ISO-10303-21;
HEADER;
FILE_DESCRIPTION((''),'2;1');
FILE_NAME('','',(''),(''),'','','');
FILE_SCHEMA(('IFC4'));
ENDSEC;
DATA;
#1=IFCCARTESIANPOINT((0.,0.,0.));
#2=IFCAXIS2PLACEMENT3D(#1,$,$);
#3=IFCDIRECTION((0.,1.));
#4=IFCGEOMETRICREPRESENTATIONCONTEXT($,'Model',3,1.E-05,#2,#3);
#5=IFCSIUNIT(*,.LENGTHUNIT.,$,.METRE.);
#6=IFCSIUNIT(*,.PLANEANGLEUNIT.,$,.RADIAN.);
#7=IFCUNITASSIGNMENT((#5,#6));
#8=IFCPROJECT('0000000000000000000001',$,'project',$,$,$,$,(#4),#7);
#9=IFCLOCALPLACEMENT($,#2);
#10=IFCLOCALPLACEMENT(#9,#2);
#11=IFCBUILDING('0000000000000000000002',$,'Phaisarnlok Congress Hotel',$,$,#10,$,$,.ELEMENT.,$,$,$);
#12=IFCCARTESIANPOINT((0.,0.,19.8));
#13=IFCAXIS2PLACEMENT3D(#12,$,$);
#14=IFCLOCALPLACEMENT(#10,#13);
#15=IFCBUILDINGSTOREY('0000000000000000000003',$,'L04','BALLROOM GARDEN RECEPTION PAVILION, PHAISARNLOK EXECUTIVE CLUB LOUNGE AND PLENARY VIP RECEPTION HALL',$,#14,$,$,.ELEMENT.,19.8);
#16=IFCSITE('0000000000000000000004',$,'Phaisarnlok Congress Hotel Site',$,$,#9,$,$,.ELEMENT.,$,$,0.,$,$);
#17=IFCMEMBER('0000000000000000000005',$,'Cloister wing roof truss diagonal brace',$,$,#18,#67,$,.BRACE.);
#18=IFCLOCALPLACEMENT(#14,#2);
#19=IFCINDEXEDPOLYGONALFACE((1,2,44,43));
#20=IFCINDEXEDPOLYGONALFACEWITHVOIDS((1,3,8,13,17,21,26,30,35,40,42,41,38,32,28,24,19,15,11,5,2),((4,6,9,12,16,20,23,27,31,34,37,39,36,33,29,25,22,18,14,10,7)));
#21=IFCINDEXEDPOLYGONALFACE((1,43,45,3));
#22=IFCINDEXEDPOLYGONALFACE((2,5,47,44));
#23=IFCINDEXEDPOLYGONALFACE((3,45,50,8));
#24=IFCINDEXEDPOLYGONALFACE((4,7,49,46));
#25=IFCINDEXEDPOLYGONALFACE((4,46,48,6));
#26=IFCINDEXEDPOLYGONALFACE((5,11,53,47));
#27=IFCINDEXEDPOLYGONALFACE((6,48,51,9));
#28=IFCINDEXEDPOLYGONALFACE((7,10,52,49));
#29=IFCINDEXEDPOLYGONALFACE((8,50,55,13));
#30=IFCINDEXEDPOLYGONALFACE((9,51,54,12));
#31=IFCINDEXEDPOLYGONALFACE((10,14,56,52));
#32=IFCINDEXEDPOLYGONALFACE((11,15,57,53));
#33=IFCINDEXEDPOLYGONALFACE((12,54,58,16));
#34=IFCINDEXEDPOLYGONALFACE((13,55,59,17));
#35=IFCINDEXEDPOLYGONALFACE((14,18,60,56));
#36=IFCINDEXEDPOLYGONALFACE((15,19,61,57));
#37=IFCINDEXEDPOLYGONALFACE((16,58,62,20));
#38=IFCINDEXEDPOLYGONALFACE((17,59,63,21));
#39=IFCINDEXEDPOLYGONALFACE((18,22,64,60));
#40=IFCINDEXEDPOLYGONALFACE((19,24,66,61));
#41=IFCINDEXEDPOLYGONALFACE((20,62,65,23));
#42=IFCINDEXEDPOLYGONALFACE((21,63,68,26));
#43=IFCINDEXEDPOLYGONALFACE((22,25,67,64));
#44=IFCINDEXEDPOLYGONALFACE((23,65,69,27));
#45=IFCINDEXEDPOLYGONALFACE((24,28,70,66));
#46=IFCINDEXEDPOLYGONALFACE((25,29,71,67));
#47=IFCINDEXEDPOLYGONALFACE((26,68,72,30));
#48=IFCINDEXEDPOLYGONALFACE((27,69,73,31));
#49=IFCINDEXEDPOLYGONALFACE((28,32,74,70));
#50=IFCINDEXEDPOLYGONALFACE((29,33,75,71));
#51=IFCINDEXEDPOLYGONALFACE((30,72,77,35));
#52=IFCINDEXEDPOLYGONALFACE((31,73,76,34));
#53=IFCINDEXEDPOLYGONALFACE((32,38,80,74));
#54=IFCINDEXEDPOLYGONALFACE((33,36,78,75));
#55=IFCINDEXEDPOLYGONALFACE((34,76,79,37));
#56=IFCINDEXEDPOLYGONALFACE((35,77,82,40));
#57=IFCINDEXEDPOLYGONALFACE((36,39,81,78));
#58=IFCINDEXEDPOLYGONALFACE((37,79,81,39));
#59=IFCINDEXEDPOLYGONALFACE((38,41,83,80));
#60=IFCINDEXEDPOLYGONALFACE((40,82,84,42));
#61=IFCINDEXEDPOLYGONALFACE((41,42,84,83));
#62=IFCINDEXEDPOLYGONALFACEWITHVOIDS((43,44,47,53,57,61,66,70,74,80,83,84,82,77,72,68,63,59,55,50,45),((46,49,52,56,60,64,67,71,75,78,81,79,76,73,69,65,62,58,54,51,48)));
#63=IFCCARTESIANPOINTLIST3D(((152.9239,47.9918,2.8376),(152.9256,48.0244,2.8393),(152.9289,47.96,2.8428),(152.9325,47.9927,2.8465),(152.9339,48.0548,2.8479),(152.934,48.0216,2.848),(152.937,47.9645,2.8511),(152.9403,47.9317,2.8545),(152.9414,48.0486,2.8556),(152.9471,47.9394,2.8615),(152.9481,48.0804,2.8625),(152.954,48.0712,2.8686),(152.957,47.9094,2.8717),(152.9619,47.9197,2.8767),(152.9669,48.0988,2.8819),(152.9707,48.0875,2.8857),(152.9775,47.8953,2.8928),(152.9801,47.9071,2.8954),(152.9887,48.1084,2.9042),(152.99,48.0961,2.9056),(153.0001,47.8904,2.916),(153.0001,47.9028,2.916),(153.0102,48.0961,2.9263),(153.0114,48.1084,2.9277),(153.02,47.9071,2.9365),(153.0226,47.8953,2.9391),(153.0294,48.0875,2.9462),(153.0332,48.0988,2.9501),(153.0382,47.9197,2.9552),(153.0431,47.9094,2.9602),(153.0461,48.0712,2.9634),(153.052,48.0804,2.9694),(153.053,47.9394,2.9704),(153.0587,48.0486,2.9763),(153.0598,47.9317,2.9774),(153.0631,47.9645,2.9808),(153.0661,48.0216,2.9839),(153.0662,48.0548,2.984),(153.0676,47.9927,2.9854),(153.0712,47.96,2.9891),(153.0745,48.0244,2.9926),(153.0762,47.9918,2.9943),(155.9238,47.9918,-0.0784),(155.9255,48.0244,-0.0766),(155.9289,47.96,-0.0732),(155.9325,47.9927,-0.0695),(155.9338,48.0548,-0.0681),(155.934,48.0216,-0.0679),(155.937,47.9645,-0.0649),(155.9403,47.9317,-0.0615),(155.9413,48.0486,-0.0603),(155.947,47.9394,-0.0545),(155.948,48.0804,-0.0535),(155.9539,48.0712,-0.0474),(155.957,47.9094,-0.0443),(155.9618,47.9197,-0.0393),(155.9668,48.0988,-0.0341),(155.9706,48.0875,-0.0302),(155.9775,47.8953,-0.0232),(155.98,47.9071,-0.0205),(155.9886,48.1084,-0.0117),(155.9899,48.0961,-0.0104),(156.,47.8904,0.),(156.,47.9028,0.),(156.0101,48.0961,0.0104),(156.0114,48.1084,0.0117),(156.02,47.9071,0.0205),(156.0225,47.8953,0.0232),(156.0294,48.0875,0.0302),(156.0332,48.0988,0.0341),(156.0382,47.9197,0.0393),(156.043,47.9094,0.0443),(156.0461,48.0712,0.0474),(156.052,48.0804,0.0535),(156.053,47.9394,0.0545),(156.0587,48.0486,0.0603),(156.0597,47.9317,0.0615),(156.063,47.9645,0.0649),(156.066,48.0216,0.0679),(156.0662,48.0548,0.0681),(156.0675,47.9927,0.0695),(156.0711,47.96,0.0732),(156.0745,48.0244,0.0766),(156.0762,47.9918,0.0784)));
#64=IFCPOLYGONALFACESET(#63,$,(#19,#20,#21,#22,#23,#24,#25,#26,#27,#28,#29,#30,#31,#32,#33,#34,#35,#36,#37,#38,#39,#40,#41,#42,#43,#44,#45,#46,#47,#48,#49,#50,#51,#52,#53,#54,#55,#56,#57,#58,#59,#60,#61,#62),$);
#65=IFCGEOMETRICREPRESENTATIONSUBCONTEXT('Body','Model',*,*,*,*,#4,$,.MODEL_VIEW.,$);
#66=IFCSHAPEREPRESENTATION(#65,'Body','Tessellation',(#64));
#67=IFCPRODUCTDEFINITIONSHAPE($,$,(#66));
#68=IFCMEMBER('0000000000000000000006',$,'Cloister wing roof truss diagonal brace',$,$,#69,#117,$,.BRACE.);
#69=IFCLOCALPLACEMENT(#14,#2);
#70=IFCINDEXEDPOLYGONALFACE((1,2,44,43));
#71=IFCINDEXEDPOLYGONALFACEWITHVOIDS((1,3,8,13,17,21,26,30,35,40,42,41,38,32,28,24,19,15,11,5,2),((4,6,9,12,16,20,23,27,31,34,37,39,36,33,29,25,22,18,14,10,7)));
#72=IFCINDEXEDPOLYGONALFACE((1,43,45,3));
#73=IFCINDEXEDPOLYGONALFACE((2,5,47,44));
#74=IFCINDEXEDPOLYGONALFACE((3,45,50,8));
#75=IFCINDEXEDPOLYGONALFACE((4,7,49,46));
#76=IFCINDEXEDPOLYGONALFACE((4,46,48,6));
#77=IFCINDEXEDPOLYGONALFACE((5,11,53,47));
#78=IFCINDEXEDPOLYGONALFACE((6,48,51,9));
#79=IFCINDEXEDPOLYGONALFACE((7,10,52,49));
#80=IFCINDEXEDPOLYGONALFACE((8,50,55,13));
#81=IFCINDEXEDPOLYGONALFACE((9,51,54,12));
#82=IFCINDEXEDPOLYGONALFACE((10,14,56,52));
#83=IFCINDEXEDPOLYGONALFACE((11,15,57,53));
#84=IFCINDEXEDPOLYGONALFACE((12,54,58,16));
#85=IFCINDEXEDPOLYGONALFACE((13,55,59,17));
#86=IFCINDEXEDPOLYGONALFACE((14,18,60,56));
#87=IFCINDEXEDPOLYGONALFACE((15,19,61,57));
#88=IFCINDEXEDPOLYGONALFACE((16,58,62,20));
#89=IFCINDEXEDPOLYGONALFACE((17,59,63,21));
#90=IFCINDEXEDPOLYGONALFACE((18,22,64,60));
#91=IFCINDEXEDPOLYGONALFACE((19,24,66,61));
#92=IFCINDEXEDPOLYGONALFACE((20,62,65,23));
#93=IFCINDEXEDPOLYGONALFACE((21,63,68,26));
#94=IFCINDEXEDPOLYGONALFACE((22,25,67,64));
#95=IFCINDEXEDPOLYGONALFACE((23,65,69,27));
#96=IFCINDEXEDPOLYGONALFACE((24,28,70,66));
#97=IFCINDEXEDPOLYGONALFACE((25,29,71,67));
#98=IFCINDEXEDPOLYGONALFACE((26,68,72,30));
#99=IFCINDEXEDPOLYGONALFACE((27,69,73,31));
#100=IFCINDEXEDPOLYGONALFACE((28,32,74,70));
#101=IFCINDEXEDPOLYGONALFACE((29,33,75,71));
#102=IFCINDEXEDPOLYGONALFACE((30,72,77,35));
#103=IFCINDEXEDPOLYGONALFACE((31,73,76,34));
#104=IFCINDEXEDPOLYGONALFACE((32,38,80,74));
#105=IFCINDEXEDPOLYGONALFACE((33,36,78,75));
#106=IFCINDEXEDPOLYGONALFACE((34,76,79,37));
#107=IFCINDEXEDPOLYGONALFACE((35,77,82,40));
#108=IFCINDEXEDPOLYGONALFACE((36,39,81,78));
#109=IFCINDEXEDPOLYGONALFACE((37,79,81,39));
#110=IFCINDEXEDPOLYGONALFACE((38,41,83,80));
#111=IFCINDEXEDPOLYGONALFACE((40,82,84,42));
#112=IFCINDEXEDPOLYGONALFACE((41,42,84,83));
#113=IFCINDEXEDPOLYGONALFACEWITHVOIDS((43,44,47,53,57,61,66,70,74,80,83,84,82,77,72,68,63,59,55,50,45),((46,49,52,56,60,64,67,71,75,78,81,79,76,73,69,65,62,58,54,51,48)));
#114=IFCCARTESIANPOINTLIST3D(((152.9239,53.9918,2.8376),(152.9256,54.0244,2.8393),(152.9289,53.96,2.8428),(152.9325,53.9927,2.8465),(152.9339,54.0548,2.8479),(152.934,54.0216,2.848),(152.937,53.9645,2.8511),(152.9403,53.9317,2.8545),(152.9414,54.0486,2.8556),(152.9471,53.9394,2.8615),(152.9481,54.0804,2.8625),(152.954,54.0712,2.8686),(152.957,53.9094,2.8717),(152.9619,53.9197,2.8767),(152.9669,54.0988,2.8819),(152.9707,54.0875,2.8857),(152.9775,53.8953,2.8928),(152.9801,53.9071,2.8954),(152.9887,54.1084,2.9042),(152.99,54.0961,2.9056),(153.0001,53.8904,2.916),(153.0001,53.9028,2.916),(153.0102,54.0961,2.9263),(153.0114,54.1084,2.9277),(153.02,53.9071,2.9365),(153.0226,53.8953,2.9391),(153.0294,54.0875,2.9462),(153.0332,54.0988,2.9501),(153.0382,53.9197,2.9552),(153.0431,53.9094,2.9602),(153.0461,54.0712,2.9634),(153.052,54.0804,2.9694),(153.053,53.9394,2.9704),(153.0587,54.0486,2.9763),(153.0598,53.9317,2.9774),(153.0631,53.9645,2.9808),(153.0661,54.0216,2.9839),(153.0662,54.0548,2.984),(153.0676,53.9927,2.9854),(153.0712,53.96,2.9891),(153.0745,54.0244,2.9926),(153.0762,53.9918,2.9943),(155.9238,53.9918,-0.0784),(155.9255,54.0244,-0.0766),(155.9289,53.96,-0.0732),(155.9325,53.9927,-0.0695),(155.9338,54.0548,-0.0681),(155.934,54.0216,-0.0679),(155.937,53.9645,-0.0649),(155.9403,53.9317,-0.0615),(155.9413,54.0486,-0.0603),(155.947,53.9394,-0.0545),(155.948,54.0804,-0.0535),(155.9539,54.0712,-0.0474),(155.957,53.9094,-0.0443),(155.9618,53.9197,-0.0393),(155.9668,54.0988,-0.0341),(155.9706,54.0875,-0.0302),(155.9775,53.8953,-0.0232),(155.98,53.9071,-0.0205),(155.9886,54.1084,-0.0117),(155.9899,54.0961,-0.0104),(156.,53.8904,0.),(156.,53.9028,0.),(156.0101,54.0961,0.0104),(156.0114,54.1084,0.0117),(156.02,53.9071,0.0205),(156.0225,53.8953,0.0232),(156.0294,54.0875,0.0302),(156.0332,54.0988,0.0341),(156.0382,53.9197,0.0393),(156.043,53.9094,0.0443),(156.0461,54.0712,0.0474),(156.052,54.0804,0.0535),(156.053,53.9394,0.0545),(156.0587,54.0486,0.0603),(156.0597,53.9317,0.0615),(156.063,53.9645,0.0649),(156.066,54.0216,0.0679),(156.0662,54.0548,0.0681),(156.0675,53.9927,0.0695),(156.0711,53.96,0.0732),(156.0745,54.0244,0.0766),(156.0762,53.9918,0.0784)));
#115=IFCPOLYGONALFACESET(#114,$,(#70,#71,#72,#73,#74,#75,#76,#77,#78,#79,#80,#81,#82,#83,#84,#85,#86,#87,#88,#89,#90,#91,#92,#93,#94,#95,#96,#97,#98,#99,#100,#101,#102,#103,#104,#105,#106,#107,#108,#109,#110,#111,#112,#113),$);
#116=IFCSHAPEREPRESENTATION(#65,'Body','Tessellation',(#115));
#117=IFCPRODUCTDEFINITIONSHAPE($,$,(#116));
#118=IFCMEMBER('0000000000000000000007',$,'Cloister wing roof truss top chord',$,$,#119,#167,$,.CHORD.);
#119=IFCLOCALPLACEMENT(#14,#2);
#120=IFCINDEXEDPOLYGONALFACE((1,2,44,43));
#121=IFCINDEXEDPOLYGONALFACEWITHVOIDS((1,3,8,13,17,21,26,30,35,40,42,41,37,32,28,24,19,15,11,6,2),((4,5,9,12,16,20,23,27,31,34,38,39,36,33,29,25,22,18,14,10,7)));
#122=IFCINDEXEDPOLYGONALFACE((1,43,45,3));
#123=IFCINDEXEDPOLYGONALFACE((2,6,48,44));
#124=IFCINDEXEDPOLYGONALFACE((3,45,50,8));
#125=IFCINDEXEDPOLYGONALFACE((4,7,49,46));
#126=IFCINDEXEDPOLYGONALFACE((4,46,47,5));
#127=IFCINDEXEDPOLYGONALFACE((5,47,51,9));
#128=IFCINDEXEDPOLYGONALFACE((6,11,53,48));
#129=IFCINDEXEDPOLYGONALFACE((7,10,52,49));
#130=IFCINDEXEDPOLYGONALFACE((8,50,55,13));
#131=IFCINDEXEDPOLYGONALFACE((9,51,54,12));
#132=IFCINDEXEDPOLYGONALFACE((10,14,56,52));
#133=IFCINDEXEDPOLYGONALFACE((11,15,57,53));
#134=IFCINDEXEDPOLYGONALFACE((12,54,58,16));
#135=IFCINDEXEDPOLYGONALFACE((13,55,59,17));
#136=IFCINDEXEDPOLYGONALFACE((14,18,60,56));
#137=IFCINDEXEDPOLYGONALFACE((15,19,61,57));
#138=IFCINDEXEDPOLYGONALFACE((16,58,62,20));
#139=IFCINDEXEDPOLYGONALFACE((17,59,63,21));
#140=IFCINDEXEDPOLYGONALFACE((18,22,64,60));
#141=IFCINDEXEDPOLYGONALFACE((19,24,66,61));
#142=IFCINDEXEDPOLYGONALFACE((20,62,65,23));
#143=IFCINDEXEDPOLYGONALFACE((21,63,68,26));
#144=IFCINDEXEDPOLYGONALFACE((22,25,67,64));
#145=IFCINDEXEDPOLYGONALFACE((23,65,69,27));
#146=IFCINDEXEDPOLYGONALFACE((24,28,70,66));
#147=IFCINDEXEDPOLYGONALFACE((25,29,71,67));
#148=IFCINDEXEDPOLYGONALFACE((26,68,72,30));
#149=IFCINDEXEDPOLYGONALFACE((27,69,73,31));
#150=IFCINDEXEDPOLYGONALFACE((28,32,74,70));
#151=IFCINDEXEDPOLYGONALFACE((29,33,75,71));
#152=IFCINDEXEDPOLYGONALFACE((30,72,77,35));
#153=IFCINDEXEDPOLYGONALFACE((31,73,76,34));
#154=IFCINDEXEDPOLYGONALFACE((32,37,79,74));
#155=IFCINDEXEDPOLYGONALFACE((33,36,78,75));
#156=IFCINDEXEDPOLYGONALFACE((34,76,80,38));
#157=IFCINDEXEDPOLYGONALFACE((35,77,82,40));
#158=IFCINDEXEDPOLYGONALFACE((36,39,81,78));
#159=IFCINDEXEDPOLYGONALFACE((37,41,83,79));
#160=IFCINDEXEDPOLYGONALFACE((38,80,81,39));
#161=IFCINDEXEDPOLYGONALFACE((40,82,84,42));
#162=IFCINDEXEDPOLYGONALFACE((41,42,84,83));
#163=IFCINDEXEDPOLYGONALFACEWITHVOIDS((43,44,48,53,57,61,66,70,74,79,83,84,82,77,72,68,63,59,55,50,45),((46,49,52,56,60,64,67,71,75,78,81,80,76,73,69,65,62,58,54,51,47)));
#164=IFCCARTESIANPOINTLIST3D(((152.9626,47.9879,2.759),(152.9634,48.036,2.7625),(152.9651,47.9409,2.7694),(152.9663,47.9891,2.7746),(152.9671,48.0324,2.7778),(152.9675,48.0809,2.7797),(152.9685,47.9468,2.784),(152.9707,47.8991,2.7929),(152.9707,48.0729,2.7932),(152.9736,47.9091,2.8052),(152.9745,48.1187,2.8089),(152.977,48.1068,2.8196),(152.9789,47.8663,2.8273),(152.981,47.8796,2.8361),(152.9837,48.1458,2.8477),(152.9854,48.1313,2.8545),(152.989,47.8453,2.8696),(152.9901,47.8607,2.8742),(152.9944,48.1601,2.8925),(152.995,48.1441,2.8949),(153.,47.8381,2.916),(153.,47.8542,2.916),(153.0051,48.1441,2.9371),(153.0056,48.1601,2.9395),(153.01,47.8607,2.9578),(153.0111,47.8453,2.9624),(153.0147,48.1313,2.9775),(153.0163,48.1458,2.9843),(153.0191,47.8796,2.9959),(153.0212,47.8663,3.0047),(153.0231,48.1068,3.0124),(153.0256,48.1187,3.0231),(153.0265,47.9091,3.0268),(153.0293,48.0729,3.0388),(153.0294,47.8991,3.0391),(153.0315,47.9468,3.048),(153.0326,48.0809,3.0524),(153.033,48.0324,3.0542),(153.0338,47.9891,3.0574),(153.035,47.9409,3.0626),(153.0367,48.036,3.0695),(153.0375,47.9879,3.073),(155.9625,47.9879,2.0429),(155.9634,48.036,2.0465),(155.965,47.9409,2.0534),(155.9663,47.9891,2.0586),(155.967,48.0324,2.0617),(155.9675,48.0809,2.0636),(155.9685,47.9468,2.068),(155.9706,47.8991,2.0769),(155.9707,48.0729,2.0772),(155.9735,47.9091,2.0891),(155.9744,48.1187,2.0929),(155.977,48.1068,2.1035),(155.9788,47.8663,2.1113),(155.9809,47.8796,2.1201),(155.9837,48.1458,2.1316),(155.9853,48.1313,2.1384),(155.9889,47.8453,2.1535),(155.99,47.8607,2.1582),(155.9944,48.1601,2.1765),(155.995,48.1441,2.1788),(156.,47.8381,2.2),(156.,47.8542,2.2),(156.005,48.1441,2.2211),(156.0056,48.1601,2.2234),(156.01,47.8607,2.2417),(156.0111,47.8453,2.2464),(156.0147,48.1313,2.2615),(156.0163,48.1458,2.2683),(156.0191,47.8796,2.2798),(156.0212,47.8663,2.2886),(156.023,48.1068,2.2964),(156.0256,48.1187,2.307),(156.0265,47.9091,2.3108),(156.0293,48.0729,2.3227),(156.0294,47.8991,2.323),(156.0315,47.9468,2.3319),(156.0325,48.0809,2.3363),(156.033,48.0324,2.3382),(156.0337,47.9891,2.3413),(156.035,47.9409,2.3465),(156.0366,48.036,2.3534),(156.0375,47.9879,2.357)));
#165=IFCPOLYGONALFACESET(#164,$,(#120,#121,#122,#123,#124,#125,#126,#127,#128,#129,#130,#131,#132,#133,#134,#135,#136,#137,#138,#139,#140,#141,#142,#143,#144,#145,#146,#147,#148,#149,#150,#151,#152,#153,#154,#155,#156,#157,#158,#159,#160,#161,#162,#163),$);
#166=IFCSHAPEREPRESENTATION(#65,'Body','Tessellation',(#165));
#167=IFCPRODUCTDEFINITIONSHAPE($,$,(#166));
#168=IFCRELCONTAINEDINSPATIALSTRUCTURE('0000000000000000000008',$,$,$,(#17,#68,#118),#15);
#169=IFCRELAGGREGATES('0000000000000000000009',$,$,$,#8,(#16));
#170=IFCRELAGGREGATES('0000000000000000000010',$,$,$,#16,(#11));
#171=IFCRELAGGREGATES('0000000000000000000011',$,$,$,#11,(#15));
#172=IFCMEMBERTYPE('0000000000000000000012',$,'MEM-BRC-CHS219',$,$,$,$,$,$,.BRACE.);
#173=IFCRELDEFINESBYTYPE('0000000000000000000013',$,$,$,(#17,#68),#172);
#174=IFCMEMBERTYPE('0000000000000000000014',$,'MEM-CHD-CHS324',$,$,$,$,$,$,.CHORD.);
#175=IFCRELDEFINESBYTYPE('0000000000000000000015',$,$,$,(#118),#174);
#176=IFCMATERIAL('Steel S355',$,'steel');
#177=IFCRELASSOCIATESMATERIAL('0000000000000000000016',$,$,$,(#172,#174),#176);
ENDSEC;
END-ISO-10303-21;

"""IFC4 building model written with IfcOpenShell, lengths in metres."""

from ifc_helpers import new_model, si_unit, direction, frame, origin, origin_2d, place, context, subcontext, project, spatial, hollow_circle, extrude, material, material_profile, profile_set, type_object, element, save


model = new_model("IFC4")

# Units and contexts
model_context = context("Model", 3, precision=1e-05, world=origin(), true_north=direction((0.0, 1.0)))
body_context = subcontext(model_context, "Body", "Model", "MODEL_VIEW")
ifc_project = project(units=[si_unit("LENGTHUNIT", "METRE"), si_unit("PLANEANGLEUNIT", "RADIAN")], contexts=[model_context])

# Site, building, storey
site_placement = place(None, origin())
site = spatial("IfcSite", under=ifc_project, at=site_placement, Name="Phaisarnlok Congress Hotel Site", CompositionType="ELEMENT", RefElevation=0.0)
building_placement = place(site_placement, origin())
building = spatial("IfcBuilding", under=site, at=building_placement, Name="Phaisarnlok Congress Hotel", CompositionType="ELEMENT")
storey_placement = place(building_placement, frame((0.0, 0.0, 19.8)))
storey = spatial("IfcBuildingStorey", under=building, at=storey_placement, Name="L04", Description="BALLROOM GARDEN RECEPTION PAVILION, PHAISARNLOK EXECUTIVE CLUB LOUNGE AND PLENARY VIP RECEPTION HALL", CompositionType="ELEMENT", Elevation=19.8)

# Shared definitions
ifc_material_1 = material(Name="Steel S355", Category="steel")

# Members
ifc_material_profile_1 = material_profile(ifc_material_1, hollow_circle(Radius=0.1096, WallThickness=0.0125, at=origin_2d()), Name="CHS 219.1x12.5")
ifc_profile_set_1 = profile_set([ifc_material_profile_1], Name="Steel S355")
member_type_1 = type_object("IfcMemberType", Name="MEM-BRC-CHS219", PredefinedType="BRACE", material=ifc_profile_set_1)
for number, where, z_axis, x_axis, name in (
    (1, (156.0, 48.0, 0.0), (-0.717073, 0.0, 0.696998), (0.0, -1.0, 0.0), "Cloister wing roof truss diagonal brace"),
    (2, (156.0, 54.0, 0.0), (-0.717073, 0.0, 0.696998), (0.0, -1.0, 0.0), "Cloister wing roof truss diagonal brace"),
):
    element("IfcMember", number, at=place(storey_placement, frame(where, z_axis=z_axis, x_axis=x_axis)), inside=storey, type_object=member_type_1, Name=name, PredefinedType="BRACE", context=body_context, shape_type="SweptSolid", body=[
        extrude(hollow_circle(Radius=0.1096, WallThickness=0.0125, at=origin_2d()), origin(), (0.0, 0.0, 1.0), 4.1836),
    ])
ifc_material_profile_2 = material_profile(ifc_material_1, hollow_circle(Radius=0.1619, WallThickness=0.0161, at=origin_2d()), Name="CHS 323.9x16")
ifc_profile_set_2 = profile_set([ifc_material_profile_2], Name="Steel S355")
member_type_2 = type_object("IfcMemberType", Name="MEM-CHD-CHS324", PredefinedType="CHORD", material=ifc_profile_set_2)
for number, where, z_axis, x_axis, name in (
    (3, (156.0, 48.0, 2.2), (-0.972676, 0.0, 0.232166), (0.0, -1.0, 0.0), "Cloister wing roof truss top chord"),
):
    element("IfcMember", number, at=place(storey_placement, frame(where, z_axis=z_axis, x_axis=x_axis)), inside=storey, type_object=member_type_2, Name=name, PredefinedType="CHORD", context=body_context, shape_type="SweptSolid", body=[
        extrude(hollow_circle(Radius=0.1619, WallThickness=0.0161, at=origin_2d()), origin(), (0.0, 0.0, 1.0), 3.0842),
    ])

save(model, "model.ifc")
